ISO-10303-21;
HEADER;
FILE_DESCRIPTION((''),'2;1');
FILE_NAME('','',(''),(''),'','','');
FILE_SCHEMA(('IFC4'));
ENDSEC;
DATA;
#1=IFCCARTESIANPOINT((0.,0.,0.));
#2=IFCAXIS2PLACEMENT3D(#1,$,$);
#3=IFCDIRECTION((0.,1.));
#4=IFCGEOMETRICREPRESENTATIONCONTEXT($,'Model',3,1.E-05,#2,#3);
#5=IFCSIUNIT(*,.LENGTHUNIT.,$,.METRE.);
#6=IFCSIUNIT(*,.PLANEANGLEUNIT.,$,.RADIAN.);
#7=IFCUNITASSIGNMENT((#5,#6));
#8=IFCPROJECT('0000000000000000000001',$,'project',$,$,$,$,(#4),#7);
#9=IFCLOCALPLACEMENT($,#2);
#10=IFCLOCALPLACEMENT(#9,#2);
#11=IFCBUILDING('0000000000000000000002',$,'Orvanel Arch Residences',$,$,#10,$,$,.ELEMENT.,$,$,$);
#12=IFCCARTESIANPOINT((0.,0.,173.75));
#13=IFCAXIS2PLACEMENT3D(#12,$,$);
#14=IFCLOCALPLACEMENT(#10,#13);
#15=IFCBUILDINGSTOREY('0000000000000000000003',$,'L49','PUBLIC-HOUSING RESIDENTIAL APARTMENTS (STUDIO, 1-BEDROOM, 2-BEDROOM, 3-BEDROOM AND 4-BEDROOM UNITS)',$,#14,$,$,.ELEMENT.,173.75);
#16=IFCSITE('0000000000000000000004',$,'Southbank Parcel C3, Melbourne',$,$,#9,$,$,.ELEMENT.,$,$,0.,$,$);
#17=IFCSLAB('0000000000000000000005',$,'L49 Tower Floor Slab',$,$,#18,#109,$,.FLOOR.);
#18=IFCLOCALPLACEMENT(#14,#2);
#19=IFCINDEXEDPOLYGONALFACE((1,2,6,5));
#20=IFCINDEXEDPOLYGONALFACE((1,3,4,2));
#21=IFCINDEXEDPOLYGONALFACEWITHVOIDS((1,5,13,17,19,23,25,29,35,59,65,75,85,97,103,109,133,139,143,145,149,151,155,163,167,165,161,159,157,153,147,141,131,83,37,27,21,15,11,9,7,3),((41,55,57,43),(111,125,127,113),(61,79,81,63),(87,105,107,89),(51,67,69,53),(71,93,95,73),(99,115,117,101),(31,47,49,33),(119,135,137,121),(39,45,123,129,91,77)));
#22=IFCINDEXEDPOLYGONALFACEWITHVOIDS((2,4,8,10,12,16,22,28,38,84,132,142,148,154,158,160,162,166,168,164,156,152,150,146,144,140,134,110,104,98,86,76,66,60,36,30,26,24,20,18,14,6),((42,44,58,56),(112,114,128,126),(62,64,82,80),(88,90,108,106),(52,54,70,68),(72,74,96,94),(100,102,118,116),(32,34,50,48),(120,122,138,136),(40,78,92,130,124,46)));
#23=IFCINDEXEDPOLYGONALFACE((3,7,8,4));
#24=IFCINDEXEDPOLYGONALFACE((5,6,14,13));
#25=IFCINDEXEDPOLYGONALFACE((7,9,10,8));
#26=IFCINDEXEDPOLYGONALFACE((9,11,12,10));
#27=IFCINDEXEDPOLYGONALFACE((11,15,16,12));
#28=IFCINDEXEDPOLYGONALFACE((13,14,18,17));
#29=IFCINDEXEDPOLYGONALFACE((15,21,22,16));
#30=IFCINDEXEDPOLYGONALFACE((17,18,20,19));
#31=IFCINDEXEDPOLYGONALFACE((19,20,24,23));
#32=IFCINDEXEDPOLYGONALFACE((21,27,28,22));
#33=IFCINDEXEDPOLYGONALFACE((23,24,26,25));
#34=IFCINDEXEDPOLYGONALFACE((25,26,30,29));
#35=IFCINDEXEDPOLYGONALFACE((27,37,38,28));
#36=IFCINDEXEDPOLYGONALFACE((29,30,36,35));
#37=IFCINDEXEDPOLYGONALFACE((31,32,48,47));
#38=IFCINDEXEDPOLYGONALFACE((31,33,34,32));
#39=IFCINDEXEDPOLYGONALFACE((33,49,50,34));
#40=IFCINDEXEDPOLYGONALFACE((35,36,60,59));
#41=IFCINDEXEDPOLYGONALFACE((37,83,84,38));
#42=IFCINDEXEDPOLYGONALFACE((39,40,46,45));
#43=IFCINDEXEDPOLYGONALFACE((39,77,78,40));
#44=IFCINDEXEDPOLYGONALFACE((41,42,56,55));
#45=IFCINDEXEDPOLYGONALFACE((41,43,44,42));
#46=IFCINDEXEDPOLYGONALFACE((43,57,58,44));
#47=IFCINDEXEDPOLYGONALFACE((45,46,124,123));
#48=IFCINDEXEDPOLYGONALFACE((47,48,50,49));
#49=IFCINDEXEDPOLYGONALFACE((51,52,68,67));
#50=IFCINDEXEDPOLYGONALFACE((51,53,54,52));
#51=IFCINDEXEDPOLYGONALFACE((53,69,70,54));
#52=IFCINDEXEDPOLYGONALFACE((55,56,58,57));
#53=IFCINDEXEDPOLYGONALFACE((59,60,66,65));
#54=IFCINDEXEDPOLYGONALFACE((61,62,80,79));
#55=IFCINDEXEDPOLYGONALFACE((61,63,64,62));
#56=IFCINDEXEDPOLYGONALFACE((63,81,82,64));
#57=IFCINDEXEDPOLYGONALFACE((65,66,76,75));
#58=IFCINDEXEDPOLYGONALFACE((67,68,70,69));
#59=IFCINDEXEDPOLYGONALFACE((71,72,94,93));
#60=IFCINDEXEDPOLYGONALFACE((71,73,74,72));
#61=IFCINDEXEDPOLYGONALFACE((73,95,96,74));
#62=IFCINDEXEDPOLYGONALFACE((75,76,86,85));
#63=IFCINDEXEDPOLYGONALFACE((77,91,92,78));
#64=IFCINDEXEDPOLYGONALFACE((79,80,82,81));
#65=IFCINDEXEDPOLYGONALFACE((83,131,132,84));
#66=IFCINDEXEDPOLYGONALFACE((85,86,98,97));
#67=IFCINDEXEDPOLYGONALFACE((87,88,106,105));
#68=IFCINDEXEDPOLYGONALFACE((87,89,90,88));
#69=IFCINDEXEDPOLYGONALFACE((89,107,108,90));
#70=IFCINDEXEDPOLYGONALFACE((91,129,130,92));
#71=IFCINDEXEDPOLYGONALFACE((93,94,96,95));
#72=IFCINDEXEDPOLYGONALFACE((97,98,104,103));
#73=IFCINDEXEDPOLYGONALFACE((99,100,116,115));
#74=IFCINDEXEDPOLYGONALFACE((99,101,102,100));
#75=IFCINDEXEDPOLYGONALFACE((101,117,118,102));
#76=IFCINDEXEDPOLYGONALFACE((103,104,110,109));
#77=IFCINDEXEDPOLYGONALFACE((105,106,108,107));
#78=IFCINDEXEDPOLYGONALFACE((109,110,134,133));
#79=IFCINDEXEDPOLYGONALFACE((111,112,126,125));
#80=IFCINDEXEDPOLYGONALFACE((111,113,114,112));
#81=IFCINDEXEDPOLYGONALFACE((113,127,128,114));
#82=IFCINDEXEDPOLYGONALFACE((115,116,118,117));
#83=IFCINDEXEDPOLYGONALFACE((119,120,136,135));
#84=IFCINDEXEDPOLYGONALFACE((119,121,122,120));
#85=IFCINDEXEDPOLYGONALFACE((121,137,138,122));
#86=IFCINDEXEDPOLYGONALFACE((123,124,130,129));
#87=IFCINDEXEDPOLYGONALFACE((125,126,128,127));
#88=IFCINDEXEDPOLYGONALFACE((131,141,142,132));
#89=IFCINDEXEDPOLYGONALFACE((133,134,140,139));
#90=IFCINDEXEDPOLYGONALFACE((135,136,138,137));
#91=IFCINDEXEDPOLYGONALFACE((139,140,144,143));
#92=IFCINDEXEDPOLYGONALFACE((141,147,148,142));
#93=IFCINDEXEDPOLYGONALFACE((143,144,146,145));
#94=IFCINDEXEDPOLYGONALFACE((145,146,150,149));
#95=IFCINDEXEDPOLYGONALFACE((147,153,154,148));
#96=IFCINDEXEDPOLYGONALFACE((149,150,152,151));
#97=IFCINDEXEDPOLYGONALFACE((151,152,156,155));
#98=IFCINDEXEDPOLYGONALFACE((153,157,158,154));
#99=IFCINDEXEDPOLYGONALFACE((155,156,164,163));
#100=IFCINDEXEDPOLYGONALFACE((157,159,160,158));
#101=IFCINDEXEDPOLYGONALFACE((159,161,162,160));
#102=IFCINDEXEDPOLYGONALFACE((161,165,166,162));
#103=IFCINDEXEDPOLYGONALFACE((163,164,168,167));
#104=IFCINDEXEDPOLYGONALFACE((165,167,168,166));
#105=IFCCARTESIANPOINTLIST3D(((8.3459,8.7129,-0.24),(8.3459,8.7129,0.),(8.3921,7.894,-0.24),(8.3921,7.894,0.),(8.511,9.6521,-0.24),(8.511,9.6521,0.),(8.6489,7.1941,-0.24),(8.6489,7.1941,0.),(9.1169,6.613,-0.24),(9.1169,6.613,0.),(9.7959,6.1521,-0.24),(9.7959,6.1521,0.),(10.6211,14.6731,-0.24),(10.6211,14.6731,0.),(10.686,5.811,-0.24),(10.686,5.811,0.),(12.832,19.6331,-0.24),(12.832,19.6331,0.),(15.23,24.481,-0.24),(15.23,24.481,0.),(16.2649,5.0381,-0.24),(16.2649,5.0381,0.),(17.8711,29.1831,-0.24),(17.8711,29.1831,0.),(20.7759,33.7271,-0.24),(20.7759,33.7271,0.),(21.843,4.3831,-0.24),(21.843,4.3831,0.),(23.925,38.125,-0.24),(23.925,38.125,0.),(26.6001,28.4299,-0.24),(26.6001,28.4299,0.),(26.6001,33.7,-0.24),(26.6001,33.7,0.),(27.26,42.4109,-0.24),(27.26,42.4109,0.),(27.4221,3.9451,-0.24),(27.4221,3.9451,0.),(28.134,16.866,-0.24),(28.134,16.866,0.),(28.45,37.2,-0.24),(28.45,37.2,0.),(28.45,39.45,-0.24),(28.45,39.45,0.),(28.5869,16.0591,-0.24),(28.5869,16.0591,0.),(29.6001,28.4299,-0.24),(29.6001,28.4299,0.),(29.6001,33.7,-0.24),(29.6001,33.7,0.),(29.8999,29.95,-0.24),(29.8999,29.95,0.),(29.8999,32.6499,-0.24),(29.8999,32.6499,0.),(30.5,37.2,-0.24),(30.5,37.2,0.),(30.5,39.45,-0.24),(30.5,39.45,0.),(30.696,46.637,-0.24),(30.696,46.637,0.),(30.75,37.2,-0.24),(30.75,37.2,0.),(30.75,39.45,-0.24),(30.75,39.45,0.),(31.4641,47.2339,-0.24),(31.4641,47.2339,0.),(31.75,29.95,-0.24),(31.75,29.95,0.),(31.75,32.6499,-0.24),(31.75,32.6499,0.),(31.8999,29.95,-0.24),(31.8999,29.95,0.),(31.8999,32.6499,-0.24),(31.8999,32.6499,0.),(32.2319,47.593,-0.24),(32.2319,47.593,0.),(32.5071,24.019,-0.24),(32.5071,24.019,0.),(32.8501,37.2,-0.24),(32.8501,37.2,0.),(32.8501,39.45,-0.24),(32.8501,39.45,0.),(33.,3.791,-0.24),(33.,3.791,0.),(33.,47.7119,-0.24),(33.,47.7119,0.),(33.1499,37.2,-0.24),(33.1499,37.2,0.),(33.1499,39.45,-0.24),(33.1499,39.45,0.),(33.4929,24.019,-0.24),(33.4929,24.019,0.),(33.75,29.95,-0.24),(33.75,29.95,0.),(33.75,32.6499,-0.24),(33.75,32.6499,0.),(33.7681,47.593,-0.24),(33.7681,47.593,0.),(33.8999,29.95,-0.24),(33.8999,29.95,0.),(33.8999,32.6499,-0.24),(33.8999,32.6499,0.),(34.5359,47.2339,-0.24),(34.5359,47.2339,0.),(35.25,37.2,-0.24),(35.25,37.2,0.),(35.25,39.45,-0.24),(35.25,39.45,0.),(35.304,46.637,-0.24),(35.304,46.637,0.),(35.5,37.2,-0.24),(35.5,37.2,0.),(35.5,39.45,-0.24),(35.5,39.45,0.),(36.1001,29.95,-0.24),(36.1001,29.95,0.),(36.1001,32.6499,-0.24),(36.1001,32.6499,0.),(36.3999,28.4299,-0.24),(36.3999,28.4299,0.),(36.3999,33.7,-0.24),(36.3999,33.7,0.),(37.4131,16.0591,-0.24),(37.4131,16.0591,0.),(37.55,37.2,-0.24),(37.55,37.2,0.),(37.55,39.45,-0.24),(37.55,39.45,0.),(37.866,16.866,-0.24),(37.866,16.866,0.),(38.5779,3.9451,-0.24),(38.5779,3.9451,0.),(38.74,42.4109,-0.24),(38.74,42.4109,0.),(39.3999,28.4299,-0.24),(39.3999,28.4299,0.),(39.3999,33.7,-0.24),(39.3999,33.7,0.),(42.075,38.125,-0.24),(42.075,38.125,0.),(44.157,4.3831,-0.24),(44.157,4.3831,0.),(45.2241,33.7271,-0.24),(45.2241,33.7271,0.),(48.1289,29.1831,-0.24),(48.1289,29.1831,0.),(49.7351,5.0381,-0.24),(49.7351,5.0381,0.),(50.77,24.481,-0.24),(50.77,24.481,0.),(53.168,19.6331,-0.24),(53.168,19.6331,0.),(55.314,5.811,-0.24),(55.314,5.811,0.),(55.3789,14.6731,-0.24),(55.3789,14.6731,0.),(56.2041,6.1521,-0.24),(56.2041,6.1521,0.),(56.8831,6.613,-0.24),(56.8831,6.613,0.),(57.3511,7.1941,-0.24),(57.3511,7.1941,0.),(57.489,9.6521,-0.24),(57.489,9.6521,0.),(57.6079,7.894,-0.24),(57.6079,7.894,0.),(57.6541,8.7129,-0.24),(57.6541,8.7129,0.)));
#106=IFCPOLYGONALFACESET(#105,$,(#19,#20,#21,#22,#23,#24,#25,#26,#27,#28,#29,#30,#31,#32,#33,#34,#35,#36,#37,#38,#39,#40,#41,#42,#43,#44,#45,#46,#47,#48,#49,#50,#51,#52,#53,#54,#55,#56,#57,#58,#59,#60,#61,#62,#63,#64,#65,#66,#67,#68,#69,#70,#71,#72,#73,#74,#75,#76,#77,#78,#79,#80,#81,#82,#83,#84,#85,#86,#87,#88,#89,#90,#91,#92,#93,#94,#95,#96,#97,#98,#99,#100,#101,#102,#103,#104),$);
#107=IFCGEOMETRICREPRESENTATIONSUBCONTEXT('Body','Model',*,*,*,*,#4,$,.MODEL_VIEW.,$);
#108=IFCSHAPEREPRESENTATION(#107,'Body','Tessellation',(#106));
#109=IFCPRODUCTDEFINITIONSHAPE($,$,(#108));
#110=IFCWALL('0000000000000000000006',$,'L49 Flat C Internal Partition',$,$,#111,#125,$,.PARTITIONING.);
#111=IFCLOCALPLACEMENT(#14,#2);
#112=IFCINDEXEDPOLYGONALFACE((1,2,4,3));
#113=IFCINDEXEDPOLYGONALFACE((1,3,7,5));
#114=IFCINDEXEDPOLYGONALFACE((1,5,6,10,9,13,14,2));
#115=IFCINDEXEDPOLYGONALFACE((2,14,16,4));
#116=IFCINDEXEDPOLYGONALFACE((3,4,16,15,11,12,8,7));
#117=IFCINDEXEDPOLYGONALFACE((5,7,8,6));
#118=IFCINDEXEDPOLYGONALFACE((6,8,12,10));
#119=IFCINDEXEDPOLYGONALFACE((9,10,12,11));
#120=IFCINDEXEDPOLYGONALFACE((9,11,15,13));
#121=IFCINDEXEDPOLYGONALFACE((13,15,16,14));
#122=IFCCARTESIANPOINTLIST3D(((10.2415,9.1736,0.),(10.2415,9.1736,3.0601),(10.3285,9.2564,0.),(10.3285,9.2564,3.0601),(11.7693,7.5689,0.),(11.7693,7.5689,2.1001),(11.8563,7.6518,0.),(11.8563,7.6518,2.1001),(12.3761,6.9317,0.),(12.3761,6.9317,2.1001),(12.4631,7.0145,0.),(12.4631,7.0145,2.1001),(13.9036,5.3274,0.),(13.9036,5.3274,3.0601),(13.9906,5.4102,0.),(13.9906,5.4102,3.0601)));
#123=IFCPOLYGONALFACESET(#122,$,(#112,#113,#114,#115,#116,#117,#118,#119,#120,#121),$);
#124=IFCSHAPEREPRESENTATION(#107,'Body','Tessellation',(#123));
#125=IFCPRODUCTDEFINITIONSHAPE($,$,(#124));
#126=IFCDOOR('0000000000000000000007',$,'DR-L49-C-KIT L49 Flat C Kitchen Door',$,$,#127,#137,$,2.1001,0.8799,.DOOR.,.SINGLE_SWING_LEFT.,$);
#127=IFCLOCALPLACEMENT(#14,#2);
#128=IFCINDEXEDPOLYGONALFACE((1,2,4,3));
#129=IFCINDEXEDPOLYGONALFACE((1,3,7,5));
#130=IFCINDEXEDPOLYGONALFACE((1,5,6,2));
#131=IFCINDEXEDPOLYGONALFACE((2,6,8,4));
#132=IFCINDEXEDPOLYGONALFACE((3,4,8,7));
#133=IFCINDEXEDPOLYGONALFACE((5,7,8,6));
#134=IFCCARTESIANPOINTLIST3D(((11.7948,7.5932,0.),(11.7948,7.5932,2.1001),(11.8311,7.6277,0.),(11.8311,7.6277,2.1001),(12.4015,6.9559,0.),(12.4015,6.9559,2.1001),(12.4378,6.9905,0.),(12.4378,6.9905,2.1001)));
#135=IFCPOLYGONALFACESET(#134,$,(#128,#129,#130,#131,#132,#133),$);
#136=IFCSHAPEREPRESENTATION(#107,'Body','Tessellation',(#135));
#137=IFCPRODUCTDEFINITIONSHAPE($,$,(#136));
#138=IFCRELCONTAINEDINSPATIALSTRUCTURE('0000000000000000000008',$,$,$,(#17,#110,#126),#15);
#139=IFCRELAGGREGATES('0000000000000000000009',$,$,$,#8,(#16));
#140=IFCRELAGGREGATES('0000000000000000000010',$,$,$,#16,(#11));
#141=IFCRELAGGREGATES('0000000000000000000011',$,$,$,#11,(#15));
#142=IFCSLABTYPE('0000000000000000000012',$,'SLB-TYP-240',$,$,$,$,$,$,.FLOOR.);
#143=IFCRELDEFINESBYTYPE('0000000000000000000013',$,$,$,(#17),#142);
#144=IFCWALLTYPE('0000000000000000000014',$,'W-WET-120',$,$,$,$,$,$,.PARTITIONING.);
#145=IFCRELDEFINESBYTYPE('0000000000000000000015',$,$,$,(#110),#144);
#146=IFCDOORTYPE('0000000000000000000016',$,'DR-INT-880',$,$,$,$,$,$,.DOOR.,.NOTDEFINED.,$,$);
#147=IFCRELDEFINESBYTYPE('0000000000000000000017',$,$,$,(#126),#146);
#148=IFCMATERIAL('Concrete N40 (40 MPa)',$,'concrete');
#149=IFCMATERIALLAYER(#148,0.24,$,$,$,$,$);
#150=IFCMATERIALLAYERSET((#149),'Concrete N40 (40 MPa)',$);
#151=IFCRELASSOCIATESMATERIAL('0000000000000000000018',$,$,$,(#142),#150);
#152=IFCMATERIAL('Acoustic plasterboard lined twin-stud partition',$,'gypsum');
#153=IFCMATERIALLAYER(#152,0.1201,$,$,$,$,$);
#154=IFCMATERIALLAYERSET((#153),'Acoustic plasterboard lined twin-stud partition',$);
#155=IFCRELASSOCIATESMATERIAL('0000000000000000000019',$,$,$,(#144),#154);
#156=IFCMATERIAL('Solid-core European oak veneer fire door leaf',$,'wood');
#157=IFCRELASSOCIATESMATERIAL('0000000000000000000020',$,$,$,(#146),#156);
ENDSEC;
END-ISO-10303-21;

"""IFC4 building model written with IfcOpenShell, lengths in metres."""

from ifc_helpers import new_model, si_unit, direction, frame, frame_2d, origin, place, context, subcontext, project, spatial, polyline, rectangle, outline, extrude, material, layer, layer_set, type_object, element, fill, save


model = new_model("IFC4")

# Units and contexts
model_context = context("Model", 3, precision=1e-05, world=origin(), true_north=direction((0.0, 1.0)))
body_context = subcontext(model_context, "Body", "Model", "MODEL_VIEW")
ifc_project = project(units=[si_unit("LENGTHUNIT", "METRE"), si_unit("PLANEANGLEUNIT", "RADIAN")], contexts=[model_context])

# Site, building, storey
site_placement = place(None, origin())
site = spatial("IfcSite", under=ifc_project, at=site_placement, Name="Southbank Parcel C3, Melbourne", CompositionType="ELEMENT", RefElevation=0.0)
building_placement = place(site_placement, origin())
building = spatial("IfcBuilding", under=site, at=building_placement, Name="Orvanel Arch Residences", CompositionType="ELEMENT")
storey_placement = place(building_placement, frame((0.0, 0.0, 173.75)))
storey = spatial("IfcBuildingStorey", under=building, at=storey_placement, Name="L49", Description="PUBLIC-HOUSING RESIDENTIAL APARTMENTS (STUDIO, 1-BEDROOM, 2-BEDROOM, 3-BEDROOM AND 4-BEDROOM UNITS)", CompositionType="ELEMENT", Elevation=173.75)

# Shared definitions
ifc_material_1 = material(Name="Concrete N40 (40 MPa)", Category="concrete")

# Slab
ifc_layer_1 = layer(ifc_material_1, 0.24)
ifc_layer_set_1 = layer_set([ifc_layer_1], Name="Concrete N40 (40 MPa)")
slab_type_1 = type_object("IfcSlabType", Name="SLB-TYP-240", PredefinedType="FLOOR", material=ifc_layer_set_1)
slab_1_placement = place(storey_placement, frame((0.0, 0.0, -0.24)))
element("IfcSlab", 1, at=slab_1_placement, inside=storey, type_object=slab_type_1, Name="L49 Tower Floor Slab", PredefinedType="FLOOR", context=body_context, shape_type="SweptSolid", body=[
    extrude(outline(polyline([(35.304, 46.637), (34.5359, 47.2339), (33.7681, 47.593), (33.0, 47.7119), (32.2319, 47.593), (31.4641, 47.2339), (30.696, 46.637), (27.26, 42.4109), (23.925, 38.125), (20.7759, 33.7271), (17.8711, 29.1831), (15.23, 24.481), (12.832, 19.6331), (10.6211, 14.6731), (8.511, 9.6521), (8.3459, 8.7129), (8.3921, 7.894), (8.6489, 7.1941), (9.1169, 6.613), (9.7959, 6.1521), (10.686, 5.811), (16.2649, 5.0381), (21.843, 4.3831), (27.4221, 3.9451), (33.0, 3.791), (38.5779, 3.9451), (44.157, 4.3831), (49.7351, 5.0381), (55.314, 5.811), (56.2041, 6.1521), (56.8831, 6.613), (57.3511, 7.1941), (57.6079, 7.894), (57.6541, 8.7129), (57.489, 9.6521), (55.3789, 14.6731), (53.168, 19.6331), (50.77, 24.481), (48.1289, 29.1831), (45.2241, 33.7271), (42.075, 38.125), (38.74, 42.4109), (35.304, 46.637)]), holes=[polyline([(26.6001, 28.4299), (26.6001, 33.7), (29.6001, 33.7), (29.6001, 28.4299), (26.6001, 28.4299)]), polyline([(36.3999, 28.4299), (36.3999, 33.7), (39.3999, 33.7), (39.3999, 28.4299), (36.3999, 28.4299)]), polyline([(29.8999, 32.6499), (31.75, 32.6499), (31.75, 29.95), (29.8999, 29.95), (29.8999, 32.6499)]), polyline([(31.8999, 32.6499), (33.75, 32.6499), (33.75, 29.95), (31.8999, 29.95), (31.8999, 32.6499)]), polyline([(33.8999, 32.6499), (36.1001, 32.6499), (36.1001, 29.95), (33.8999, 29.95), (33.8999, 32.6499)]), polyline([(28.45, 39.45), (30.5, 39.45), (30.5, 37.2), (28.45, 37.2), (28.45, 39.45)]), polyline([(35.5, 39.45), (37.55, 39.45), (37.55, 37.2), (35.5, 37.2), (35.5, 39.45)]), polyline([(30.75, 39.45), (32.8501, 39.45), (32.8501, 37.2), (30.75, 37.2), (30.75, 39.45)]), polyline([(33.1499, 39.45), (35.25, 39.45), (35.25, 37.2), (33.1499, 37.2), (33.1499, 39.45)]), polyline([(37.866, 16.866), (37.4131, 16.0591), (28.5869, 16.0591), (28.134, 16.866), (32.5071, 24.019), (33.4929, 24.019), (37.866, 16.866)])]), origin(), (0.0, 0.0, 1.0), 0.24),
])

# Wall, opening, door
ifc_material_2 = material(Name="Acoustic plasterboard lined twin-stud partition", Category="gypsum")
ifc_layer_2 = layer(ifc_material_2, 0.1201)
ifc_layer_set_2 = layer_set([ifc_layer_2], Name="Acoustic plasterboard lined twin-stud partition")
wall_type = type_object("IfcWallType", Name="W-WET-120", PredefinedType="PARTITIONING", material=ifc_layer_set_2)
wall_placement = place(storey_placement, frame((13.947, 5.3689, 0.0), z_axis=(0.0, 0.0, 1.0), x_axis=(-0.689563, 0.724225, 0.0)))
wall = element("IfcWall", 2, at=wall_placement, inside=storey, type_object=wall_type, Name="L49 Flat C Internal Partition", PredefinedType="PARTITIONING", context=body_context, shape_type="SweptSolid", body=[
    extrude(rectangle(XDim=5.3108, YDim=0.1201, at=frame_2d((2.6553, 0.0))), origin(), (0.0, 0.0, 1.0), 3.0601),
])
opening_placement = place(wall_placement, frame((2.2151, 0.0, 0.0)))
opening = element("IfcOpeningElement", 3, at=opening_placement, cuts=wall, PredefinedType="OPENING", context=body_context, shape_type="SweptSolid", body=[
    extrude(rectangle(XDim=0.8799, YDim=2.1001, at=frame_2d((0.4399, 1.05))), frame((0.0, 0.0701, 0.0), z_axis=(0.0, -1.0, 0.0), x_axis=(1.0, 0.0, 0.0)), (0.0, 0.0, 1.0), 0.1401),
])
ifc_material_3 = material(Name="Solid-core European oak veneer fire door leaf", Category="wood")
door_type = type_object("IfcDoorType", Name="DR-INT-880", OperationType="NOTDEFINED", PredefinedType="DOOR", material=ifc_material_3)
door_placement = place(opening_placement, origin())
door = element("IfcDoor", 4, at=door_placement, inside=storey, type_object=door_type, Name="DR-L49-C-KIT L49 Flat C Kitchen Door", OperationType="SINGLE_SWING_LEFT", OverallHeight=2.1001, OverallWidth=0.8799, PredefinedType="DOOR", context=body_context, shape_type="SweptSolid", body=[
    extrude(rectangle(XDim=0.8799, YDim=2.1001, at=frame_2d((0.4399, 1.05))), frame((0.0, 0.0249, 0.0), z_axis=(0.0, -1.0, 0.0), x_axis=(1.0, 0.0, 0.0)), (0.0, 0.0, 1.0), 0.05),
])
fill(opening, door)

save(model, "model.ifc")
